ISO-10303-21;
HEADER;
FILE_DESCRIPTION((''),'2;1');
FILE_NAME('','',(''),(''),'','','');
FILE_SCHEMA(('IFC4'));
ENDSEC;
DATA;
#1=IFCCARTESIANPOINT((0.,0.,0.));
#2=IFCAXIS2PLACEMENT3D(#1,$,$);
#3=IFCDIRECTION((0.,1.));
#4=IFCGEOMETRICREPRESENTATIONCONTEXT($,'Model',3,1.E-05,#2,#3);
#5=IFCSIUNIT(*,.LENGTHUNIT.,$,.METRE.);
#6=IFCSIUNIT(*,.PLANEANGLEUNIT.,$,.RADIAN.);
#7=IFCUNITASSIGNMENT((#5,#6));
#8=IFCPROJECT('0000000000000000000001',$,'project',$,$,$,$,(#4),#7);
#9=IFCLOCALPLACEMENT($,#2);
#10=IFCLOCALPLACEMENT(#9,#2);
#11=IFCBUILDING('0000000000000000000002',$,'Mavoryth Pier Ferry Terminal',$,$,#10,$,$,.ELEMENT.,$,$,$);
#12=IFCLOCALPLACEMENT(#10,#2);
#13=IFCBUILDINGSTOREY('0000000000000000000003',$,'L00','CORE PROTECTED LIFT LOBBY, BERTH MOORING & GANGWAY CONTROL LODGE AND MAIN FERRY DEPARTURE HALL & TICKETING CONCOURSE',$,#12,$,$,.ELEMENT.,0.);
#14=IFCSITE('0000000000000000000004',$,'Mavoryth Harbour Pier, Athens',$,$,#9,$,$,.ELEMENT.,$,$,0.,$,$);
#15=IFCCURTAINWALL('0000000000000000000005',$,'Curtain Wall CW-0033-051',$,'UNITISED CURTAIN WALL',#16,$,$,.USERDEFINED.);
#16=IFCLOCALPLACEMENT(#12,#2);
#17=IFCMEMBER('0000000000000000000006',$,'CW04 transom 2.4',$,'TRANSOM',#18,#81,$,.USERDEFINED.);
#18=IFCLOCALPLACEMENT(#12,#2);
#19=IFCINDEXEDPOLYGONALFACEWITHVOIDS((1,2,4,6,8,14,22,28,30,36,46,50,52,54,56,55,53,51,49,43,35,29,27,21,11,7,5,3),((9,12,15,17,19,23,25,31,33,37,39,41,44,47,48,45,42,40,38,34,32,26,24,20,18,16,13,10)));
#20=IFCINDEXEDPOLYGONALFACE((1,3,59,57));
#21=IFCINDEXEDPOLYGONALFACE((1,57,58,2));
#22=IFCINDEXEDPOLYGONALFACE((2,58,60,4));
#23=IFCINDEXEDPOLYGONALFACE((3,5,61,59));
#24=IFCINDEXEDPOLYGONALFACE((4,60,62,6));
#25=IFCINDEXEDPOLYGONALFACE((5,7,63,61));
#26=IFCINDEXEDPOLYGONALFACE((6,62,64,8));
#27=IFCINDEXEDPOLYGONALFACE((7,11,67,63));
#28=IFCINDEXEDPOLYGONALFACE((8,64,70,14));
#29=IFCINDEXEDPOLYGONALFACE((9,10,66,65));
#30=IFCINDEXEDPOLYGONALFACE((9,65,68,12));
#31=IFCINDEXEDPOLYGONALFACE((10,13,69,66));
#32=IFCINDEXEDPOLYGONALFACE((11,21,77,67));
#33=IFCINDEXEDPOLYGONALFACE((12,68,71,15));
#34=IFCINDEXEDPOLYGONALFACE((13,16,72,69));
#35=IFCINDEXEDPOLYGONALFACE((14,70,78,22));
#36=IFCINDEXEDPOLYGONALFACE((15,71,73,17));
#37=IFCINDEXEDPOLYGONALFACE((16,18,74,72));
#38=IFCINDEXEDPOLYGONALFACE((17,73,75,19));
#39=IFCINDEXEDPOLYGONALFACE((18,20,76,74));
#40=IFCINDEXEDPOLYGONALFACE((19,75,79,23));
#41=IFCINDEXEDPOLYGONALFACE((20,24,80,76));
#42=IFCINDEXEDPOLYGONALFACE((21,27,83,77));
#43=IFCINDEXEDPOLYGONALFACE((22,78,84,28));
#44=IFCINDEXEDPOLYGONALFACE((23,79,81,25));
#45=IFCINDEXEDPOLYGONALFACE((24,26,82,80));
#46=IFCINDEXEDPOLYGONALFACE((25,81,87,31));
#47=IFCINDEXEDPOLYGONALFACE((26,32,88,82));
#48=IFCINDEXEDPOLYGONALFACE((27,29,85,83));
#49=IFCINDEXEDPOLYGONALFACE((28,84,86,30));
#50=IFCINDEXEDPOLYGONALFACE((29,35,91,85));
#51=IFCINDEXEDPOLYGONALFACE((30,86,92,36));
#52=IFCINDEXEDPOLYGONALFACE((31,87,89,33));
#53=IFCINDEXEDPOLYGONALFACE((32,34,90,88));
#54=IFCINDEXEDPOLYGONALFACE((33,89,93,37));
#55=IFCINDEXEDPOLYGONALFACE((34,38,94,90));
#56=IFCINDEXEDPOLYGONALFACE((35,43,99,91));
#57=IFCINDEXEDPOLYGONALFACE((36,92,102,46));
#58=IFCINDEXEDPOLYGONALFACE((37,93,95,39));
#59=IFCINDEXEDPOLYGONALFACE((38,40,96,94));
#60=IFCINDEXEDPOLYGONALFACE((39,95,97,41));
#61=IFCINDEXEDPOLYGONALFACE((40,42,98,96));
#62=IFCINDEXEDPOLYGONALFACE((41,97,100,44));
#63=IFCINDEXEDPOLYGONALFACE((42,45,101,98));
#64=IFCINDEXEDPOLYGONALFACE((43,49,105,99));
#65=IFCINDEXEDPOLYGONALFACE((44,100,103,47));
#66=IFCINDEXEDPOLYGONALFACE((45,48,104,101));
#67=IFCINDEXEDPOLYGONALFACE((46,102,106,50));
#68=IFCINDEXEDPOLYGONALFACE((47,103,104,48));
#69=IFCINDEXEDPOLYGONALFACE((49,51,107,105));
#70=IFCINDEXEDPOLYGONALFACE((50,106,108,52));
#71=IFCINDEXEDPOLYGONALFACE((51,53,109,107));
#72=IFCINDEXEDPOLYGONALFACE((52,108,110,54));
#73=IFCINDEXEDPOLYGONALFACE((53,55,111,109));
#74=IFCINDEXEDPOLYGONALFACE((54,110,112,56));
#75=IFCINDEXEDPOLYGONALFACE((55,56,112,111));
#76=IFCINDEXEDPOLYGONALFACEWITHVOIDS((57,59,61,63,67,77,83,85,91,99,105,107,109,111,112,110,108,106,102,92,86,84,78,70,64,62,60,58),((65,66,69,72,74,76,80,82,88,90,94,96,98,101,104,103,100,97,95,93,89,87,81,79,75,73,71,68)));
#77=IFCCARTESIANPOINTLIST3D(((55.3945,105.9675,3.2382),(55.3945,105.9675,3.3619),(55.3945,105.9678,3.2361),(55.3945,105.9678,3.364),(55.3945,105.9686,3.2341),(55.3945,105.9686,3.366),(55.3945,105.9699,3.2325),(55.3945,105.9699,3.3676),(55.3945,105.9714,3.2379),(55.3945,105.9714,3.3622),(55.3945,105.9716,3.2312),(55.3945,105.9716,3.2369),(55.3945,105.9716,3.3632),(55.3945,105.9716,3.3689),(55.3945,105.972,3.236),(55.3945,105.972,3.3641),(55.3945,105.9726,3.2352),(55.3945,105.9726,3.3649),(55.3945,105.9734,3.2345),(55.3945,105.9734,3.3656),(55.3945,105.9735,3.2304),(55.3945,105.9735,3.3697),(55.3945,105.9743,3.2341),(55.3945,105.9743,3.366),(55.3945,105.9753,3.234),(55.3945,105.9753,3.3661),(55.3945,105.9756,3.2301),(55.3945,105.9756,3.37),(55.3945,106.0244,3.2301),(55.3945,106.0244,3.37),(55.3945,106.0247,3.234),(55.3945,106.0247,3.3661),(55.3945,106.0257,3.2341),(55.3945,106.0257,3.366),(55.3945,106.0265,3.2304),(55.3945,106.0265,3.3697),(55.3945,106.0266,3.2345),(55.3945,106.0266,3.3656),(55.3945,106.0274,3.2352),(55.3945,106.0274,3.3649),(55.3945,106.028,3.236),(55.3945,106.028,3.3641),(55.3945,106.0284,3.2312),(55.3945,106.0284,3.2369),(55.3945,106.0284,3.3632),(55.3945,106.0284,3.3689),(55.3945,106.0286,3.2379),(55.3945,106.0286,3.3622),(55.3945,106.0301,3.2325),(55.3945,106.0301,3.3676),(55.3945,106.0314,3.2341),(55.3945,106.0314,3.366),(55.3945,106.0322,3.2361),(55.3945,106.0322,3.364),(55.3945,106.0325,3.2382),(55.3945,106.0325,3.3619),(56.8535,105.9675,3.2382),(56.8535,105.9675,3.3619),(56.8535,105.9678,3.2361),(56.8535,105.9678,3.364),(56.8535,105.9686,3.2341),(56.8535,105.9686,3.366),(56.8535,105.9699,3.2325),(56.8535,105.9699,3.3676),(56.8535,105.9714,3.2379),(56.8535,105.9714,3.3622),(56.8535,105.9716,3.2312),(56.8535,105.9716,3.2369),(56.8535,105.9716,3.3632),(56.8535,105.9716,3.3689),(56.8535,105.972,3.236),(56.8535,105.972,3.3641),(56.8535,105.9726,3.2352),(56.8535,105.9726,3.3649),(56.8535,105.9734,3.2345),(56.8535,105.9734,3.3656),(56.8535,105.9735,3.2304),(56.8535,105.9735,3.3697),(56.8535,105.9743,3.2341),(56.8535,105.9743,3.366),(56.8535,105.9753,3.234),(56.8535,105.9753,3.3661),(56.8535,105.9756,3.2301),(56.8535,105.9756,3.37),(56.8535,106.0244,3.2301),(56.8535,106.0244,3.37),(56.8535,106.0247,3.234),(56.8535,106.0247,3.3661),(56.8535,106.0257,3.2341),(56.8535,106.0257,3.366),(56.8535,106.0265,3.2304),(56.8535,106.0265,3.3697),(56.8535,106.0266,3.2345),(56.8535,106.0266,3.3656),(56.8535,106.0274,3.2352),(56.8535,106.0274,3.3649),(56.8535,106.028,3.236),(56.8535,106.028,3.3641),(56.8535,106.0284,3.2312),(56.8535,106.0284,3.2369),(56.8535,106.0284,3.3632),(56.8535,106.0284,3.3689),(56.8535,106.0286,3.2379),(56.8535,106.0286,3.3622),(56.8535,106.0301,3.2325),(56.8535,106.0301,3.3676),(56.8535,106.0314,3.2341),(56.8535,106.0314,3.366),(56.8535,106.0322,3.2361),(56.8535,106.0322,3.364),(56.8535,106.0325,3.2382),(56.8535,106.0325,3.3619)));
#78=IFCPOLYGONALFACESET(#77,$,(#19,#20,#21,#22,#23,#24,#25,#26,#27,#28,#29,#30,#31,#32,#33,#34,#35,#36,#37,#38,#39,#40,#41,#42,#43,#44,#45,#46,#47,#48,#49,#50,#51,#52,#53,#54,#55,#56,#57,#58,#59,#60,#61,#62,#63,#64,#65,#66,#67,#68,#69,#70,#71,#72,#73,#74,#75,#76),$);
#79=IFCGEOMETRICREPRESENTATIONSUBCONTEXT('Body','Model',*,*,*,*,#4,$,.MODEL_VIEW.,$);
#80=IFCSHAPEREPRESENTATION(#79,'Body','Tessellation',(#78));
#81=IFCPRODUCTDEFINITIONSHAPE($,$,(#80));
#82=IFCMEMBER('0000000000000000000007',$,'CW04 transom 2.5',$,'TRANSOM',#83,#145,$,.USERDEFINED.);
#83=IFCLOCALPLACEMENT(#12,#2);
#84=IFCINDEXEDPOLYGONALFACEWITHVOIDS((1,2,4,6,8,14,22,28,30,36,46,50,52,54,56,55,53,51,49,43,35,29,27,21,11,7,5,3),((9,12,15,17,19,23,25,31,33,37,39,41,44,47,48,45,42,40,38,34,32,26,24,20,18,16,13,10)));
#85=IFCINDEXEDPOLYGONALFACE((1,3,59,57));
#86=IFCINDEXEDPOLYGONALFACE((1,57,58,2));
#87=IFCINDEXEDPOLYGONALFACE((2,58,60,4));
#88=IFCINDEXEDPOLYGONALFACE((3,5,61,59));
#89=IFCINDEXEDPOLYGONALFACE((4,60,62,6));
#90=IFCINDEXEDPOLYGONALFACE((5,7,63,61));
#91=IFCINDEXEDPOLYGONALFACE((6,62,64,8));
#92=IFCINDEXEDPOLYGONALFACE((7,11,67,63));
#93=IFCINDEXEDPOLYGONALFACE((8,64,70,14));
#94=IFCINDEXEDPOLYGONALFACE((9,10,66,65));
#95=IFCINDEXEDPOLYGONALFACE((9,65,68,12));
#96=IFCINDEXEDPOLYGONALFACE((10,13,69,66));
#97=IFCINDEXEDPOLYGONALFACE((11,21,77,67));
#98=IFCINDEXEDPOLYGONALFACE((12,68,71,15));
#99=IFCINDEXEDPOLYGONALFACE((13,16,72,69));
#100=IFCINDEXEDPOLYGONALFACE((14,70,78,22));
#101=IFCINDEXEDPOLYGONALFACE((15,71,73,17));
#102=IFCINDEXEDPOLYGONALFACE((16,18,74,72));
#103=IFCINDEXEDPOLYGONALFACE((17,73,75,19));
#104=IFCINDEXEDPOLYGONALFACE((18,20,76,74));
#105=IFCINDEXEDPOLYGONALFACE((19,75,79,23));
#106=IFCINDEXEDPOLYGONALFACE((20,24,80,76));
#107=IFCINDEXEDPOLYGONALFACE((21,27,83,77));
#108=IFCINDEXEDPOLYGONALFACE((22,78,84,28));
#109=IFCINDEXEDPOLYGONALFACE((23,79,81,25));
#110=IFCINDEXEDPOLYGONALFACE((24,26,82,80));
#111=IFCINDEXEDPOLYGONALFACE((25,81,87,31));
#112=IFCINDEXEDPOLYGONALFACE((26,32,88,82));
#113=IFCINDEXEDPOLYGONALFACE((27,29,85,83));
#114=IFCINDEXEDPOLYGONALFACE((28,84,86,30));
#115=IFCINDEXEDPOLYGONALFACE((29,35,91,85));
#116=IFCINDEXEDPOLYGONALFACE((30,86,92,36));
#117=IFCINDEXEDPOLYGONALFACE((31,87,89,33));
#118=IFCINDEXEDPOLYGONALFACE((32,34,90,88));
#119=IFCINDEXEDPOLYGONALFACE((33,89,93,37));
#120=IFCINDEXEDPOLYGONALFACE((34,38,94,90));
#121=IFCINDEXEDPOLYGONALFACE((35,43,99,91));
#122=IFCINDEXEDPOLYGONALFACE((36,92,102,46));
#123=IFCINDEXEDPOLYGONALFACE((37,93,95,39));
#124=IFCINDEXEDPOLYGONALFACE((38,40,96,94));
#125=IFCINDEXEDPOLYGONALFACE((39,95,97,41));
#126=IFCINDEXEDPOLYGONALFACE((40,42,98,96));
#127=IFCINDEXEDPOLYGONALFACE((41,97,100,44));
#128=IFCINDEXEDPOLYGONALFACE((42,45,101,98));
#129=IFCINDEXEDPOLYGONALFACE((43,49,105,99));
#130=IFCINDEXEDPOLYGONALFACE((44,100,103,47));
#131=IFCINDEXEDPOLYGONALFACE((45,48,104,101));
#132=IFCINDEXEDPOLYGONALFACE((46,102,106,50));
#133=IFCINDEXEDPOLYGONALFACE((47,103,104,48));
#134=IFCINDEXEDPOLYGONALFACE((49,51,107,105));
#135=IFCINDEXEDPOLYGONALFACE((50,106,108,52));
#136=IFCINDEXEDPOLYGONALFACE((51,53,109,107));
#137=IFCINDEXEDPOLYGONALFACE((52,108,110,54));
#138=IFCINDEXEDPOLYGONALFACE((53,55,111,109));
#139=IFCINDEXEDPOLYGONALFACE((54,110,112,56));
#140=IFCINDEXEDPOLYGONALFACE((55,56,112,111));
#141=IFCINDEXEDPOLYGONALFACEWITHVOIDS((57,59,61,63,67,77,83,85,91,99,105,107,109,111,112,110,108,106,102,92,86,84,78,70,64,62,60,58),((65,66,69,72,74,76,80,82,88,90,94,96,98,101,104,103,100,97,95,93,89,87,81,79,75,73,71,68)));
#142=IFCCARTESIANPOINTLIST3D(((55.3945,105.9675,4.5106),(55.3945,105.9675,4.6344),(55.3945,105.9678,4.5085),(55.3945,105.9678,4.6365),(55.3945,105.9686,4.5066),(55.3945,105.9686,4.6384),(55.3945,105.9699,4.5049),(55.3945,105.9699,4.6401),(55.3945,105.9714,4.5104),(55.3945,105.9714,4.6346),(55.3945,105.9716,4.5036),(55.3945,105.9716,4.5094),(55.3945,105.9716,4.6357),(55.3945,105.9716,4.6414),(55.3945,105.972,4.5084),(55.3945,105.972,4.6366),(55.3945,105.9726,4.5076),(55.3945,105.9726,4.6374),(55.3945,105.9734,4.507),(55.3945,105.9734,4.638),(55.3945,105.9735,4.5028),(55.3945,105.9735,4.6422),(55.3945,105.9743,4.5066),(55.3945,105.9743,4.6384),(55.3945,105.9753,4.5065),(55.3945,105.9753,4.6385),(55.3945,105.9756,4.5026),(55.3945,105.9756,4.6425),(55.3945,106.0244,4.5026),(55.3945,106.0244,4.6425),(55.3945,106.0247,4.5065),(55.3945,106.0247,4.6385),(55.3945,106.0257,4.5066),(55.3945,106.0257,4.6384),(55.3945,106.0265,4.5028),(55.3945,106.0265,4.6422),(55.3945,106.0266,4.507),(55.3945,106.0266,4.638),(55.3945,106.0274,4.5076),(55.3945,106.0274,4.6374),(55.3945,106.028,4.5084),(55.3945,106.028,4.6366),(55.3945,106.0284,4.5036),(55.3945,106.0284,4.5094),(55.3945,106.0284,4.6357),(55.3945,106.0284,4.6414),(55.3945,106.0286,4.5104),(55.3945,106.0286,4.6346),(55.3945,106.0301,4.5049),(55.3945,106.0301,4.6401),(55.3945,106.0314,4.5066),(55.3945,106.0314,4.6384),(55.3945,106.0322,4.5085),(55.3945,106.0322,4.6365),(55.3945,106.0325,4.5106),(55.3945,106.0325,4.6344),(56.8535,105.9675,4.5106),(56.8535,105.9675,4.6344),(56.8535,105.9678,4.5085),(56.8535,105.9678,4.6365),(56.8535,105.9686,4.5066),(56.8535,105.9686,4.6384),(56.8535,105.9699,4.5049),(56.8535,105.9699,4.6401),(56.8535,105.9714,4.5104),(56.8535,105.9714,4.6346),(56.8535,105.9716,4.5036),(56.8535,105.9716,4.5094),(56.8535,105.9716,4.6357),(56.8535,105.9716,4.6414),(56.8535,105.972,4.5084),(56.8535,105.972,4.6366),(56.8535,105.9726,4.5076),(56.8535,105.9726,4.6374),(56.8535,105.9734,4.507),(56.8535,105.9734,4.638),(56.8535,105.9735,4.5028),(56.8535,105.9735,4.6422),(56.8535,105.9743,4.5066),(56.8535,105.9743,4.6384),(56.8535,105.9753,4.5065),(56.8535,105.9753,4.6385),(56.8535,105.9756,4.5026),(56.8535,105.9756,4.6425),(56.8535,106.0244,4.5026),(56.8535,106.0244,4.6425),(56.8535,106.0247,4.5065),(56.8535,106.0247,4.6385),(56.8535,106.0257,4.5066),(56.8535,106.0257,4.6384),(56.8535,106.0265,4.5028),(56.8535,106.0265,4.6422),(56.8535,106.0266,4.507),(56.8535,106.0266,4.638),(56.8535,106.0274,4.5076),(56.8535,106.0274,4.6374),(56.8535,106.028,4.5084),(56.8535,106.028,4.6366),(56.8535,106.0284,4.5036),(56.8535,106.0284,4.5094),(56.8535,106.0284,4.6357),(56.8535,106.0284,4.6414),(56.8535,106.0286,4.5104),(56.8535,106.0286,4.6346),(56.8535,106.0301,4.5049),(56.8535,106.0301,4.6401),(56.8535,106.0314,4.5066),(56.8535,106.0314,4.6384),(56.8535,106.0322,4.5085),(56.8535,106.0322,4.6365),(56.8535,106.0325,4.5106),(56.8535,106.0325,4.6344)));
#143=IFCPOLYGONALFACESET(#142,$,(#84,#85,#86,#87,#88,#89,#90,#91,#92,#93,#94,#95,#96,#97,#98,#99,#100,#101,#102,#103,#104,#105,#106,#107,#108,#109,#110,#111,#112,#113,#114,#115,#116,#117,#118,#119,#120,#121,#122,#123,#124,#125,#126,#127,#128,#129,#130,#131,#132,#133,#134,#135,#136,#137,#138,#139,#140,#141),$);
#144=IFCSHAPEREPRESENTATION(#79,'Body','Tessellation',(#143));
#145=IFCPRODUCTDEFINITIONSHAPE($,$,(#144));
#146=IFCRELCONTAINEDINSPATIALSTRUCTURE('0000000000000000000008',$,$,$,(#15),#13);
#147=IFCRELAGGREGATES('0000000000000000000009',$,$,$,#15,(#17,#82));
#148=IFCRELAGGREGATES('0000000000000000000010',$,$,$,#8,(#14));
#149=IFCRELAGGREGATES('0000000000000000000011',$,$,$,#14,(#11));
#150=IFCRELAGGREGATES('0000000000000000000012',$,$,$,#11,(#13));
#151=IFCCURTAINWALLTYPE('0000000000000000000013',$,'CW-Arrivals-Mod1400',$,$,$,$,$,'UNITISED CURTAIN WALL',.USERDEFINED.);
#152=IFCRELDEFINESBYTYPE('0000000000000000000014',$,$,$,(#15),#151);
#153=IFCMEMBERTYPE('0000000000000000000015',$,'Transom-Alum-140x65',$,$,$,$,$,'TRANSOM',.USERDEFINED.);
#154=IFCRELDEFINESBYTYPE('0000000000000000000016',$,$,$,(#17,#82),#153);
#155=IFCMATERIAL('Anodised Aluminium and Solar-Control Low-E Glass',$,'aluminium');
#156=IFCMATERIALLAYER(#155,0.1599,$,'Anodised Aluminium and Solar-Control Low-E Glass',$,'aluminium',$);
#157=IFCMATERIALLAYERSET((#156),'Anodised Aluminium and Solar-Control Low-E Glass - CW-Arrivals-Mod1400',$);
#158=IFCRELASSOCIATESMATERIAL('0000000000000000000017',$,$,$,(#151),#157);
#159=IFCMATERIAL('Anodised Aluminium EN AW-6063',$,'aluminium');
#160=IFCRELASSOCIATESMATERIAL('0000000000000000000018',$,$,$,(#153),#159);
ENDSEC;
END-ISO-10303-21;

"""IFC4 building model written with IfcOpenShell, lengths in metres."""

from ifc_helpers import new_model, si_unit, direction, frame, origin, origin_2d, place, context, subcontext, project, spatial, hollow_rectangle, extrude, material, layer, layer_set, material_profile, profile_set, type_object, element, aggregate, save


model = new_model("IFC4")

# Units and contexts
model_context = context("Model", 3, precision=1e-05, world=origin(), true_north=direction((0.0, 1.0)))
body_context = subcontext(model_context, "Body", "Model", "MODEL_VIEW")
ifc_project = project(units=[si_unit("LENGTHUNIT", "METRE"), si_unit("PLANEANGLEUNIT", "RADIAN")], contexts=[model_context])

# Site, building, storey
site_placement = place(None, origin())
site = spatial("IfcSite", under=ifc_project, at=site_placement, Name="Mavoryth Harbour Pier, Athens", CompositionType="ELEMENT", RefElevation=0.0)
building_placement = place(site_placement, origin())
building = spatial("IfcBuilding", under=site, at=building_placement, Name="Mavoryth Pier Ferry Terminal", CompositionType="ELEMENT")
storey_placement = place(building_placement, origin())
storey = spatial("IfcBuildingStorey", under=building, at=storey_placement, Name="L00", Description="CORE PROTECTED LIFT LOBBY, BERTH MOORING & GANGWAY CONTROL LODGE AND MAIN FERRY DEPARTURE HALL & TICKETING CONCOURSE", CompositionType="ELEMENT", Elevation=0.0)

# Curtain wall, members
ifc_material_1 = material(Name="Anodised Aluminium and Solar-Control Low-E Glass", Category="aluminium")
ifc_layer_1 = layer(ifc_material_1, 0.1599, Name="Anodised Aluminium and Solar-Control Low-E Glass", Category="aluminium")
ifc_layer_set_1 = layer_set([ifc_layer_1], Name="Anodised Aluminium and Solar-Control Low-E Glass - CW-Arrivals-Mod1400")
curtain_wall_type = type_object("IfcCurtainWallType", Name="CW-Arrivals-Mod1400", ElementType="UNITISED CURTAIN WALL", PredefinedType="USERDEFINED", material=ifc_layer_set_1)
curtain_wall_placement = place(storey_placement, origin())
curtain_wall = element("IfcCurtainWall", 1, at=curtain_wall_placement, inside=storey, type_object=curtain_wall_type, Name="Curtain Wall CW-0033-051", ObjectType="UNITISED CURTAIN WALL", PredefinedType="USERDEFINED")
ifc_material_2 = material(Name="Anodised Aluminium EN AW-6063", Category="aluminium")
ifc_material_profile_1 = material_profile(ifc_material_2, hollow_rectangle(XDim=0.0649, YDim=0.1399, WallThickness=0.0039, InnerFilletRadius=0.0039, OuterFilletRadius=0.0081, at=origin_2d()), Name="AL-TRAN 140x65x4", Category="aluminium")
ifc_profile_set_1 = profile_set([ifc_material_profile_1], Name="Anodised Aluminium EN AW-6063 - AL-TRAN 140x65x4")
member_type_1 = type_object("IfcMemberType", Name="Transom-Alum-140x65", ElementType="TRANSOM", PredefinedType="USERDEFINED", material=ifc_profile_set_1)
member_1_placement = place(storey_placement, frame((56.8535, 106.0, 3.3), z_axis=(-1.0, 0.0, 0.0), x_axis=(0.0, -1.0, 0.0)))
member_1 = element("IfcMember", 2, at=member_1_placement, type_object=member_type_1, Name="CW04 transom 2.4", ObjectType="TRANSOM", PredefinedType="USERDEFINED", context=body_context, shape_type="SweptSolid", body=[
    extrude(hollow_rectangle(XDim=0.0649, YDim=0.1399, WallThickness=0.0039, InnerFilletRadius=0.0039, OuterFilletRadius=0.0081, at=origin_2d()), origin(), (0.0, 0.0, 1.0), 1.459),
])
member_2_placement = place(storey_placement, frame((56.8535, 106.0, 4.5725), z_axis=(-1.0, 0.0, 0.0), x_axis=(0.0, -1.0, 0.0)))
member_2 = element("IfcMember", 3, at=member_2_placement, type_object=member_type_1, Name="CW04 transom 2.5", ObjectType="TRANSOM", PredefinedType="USERDEFINED", context=body_context, shape_type="SweptSolid", body=[
    extrude(hollow_rectangle(XDim=0.0649, YDim=0.1399, WallThickness=0.0039, InnerFilletRadius=0.0039, OuterFilletRadius=0.0081, at=origin_2d()), origin(), (0.0, 0.0, 1.0), 1.459),
])
aggregate(curtain_wall, [member_1, member_2])

save(model, "model.ifc")
